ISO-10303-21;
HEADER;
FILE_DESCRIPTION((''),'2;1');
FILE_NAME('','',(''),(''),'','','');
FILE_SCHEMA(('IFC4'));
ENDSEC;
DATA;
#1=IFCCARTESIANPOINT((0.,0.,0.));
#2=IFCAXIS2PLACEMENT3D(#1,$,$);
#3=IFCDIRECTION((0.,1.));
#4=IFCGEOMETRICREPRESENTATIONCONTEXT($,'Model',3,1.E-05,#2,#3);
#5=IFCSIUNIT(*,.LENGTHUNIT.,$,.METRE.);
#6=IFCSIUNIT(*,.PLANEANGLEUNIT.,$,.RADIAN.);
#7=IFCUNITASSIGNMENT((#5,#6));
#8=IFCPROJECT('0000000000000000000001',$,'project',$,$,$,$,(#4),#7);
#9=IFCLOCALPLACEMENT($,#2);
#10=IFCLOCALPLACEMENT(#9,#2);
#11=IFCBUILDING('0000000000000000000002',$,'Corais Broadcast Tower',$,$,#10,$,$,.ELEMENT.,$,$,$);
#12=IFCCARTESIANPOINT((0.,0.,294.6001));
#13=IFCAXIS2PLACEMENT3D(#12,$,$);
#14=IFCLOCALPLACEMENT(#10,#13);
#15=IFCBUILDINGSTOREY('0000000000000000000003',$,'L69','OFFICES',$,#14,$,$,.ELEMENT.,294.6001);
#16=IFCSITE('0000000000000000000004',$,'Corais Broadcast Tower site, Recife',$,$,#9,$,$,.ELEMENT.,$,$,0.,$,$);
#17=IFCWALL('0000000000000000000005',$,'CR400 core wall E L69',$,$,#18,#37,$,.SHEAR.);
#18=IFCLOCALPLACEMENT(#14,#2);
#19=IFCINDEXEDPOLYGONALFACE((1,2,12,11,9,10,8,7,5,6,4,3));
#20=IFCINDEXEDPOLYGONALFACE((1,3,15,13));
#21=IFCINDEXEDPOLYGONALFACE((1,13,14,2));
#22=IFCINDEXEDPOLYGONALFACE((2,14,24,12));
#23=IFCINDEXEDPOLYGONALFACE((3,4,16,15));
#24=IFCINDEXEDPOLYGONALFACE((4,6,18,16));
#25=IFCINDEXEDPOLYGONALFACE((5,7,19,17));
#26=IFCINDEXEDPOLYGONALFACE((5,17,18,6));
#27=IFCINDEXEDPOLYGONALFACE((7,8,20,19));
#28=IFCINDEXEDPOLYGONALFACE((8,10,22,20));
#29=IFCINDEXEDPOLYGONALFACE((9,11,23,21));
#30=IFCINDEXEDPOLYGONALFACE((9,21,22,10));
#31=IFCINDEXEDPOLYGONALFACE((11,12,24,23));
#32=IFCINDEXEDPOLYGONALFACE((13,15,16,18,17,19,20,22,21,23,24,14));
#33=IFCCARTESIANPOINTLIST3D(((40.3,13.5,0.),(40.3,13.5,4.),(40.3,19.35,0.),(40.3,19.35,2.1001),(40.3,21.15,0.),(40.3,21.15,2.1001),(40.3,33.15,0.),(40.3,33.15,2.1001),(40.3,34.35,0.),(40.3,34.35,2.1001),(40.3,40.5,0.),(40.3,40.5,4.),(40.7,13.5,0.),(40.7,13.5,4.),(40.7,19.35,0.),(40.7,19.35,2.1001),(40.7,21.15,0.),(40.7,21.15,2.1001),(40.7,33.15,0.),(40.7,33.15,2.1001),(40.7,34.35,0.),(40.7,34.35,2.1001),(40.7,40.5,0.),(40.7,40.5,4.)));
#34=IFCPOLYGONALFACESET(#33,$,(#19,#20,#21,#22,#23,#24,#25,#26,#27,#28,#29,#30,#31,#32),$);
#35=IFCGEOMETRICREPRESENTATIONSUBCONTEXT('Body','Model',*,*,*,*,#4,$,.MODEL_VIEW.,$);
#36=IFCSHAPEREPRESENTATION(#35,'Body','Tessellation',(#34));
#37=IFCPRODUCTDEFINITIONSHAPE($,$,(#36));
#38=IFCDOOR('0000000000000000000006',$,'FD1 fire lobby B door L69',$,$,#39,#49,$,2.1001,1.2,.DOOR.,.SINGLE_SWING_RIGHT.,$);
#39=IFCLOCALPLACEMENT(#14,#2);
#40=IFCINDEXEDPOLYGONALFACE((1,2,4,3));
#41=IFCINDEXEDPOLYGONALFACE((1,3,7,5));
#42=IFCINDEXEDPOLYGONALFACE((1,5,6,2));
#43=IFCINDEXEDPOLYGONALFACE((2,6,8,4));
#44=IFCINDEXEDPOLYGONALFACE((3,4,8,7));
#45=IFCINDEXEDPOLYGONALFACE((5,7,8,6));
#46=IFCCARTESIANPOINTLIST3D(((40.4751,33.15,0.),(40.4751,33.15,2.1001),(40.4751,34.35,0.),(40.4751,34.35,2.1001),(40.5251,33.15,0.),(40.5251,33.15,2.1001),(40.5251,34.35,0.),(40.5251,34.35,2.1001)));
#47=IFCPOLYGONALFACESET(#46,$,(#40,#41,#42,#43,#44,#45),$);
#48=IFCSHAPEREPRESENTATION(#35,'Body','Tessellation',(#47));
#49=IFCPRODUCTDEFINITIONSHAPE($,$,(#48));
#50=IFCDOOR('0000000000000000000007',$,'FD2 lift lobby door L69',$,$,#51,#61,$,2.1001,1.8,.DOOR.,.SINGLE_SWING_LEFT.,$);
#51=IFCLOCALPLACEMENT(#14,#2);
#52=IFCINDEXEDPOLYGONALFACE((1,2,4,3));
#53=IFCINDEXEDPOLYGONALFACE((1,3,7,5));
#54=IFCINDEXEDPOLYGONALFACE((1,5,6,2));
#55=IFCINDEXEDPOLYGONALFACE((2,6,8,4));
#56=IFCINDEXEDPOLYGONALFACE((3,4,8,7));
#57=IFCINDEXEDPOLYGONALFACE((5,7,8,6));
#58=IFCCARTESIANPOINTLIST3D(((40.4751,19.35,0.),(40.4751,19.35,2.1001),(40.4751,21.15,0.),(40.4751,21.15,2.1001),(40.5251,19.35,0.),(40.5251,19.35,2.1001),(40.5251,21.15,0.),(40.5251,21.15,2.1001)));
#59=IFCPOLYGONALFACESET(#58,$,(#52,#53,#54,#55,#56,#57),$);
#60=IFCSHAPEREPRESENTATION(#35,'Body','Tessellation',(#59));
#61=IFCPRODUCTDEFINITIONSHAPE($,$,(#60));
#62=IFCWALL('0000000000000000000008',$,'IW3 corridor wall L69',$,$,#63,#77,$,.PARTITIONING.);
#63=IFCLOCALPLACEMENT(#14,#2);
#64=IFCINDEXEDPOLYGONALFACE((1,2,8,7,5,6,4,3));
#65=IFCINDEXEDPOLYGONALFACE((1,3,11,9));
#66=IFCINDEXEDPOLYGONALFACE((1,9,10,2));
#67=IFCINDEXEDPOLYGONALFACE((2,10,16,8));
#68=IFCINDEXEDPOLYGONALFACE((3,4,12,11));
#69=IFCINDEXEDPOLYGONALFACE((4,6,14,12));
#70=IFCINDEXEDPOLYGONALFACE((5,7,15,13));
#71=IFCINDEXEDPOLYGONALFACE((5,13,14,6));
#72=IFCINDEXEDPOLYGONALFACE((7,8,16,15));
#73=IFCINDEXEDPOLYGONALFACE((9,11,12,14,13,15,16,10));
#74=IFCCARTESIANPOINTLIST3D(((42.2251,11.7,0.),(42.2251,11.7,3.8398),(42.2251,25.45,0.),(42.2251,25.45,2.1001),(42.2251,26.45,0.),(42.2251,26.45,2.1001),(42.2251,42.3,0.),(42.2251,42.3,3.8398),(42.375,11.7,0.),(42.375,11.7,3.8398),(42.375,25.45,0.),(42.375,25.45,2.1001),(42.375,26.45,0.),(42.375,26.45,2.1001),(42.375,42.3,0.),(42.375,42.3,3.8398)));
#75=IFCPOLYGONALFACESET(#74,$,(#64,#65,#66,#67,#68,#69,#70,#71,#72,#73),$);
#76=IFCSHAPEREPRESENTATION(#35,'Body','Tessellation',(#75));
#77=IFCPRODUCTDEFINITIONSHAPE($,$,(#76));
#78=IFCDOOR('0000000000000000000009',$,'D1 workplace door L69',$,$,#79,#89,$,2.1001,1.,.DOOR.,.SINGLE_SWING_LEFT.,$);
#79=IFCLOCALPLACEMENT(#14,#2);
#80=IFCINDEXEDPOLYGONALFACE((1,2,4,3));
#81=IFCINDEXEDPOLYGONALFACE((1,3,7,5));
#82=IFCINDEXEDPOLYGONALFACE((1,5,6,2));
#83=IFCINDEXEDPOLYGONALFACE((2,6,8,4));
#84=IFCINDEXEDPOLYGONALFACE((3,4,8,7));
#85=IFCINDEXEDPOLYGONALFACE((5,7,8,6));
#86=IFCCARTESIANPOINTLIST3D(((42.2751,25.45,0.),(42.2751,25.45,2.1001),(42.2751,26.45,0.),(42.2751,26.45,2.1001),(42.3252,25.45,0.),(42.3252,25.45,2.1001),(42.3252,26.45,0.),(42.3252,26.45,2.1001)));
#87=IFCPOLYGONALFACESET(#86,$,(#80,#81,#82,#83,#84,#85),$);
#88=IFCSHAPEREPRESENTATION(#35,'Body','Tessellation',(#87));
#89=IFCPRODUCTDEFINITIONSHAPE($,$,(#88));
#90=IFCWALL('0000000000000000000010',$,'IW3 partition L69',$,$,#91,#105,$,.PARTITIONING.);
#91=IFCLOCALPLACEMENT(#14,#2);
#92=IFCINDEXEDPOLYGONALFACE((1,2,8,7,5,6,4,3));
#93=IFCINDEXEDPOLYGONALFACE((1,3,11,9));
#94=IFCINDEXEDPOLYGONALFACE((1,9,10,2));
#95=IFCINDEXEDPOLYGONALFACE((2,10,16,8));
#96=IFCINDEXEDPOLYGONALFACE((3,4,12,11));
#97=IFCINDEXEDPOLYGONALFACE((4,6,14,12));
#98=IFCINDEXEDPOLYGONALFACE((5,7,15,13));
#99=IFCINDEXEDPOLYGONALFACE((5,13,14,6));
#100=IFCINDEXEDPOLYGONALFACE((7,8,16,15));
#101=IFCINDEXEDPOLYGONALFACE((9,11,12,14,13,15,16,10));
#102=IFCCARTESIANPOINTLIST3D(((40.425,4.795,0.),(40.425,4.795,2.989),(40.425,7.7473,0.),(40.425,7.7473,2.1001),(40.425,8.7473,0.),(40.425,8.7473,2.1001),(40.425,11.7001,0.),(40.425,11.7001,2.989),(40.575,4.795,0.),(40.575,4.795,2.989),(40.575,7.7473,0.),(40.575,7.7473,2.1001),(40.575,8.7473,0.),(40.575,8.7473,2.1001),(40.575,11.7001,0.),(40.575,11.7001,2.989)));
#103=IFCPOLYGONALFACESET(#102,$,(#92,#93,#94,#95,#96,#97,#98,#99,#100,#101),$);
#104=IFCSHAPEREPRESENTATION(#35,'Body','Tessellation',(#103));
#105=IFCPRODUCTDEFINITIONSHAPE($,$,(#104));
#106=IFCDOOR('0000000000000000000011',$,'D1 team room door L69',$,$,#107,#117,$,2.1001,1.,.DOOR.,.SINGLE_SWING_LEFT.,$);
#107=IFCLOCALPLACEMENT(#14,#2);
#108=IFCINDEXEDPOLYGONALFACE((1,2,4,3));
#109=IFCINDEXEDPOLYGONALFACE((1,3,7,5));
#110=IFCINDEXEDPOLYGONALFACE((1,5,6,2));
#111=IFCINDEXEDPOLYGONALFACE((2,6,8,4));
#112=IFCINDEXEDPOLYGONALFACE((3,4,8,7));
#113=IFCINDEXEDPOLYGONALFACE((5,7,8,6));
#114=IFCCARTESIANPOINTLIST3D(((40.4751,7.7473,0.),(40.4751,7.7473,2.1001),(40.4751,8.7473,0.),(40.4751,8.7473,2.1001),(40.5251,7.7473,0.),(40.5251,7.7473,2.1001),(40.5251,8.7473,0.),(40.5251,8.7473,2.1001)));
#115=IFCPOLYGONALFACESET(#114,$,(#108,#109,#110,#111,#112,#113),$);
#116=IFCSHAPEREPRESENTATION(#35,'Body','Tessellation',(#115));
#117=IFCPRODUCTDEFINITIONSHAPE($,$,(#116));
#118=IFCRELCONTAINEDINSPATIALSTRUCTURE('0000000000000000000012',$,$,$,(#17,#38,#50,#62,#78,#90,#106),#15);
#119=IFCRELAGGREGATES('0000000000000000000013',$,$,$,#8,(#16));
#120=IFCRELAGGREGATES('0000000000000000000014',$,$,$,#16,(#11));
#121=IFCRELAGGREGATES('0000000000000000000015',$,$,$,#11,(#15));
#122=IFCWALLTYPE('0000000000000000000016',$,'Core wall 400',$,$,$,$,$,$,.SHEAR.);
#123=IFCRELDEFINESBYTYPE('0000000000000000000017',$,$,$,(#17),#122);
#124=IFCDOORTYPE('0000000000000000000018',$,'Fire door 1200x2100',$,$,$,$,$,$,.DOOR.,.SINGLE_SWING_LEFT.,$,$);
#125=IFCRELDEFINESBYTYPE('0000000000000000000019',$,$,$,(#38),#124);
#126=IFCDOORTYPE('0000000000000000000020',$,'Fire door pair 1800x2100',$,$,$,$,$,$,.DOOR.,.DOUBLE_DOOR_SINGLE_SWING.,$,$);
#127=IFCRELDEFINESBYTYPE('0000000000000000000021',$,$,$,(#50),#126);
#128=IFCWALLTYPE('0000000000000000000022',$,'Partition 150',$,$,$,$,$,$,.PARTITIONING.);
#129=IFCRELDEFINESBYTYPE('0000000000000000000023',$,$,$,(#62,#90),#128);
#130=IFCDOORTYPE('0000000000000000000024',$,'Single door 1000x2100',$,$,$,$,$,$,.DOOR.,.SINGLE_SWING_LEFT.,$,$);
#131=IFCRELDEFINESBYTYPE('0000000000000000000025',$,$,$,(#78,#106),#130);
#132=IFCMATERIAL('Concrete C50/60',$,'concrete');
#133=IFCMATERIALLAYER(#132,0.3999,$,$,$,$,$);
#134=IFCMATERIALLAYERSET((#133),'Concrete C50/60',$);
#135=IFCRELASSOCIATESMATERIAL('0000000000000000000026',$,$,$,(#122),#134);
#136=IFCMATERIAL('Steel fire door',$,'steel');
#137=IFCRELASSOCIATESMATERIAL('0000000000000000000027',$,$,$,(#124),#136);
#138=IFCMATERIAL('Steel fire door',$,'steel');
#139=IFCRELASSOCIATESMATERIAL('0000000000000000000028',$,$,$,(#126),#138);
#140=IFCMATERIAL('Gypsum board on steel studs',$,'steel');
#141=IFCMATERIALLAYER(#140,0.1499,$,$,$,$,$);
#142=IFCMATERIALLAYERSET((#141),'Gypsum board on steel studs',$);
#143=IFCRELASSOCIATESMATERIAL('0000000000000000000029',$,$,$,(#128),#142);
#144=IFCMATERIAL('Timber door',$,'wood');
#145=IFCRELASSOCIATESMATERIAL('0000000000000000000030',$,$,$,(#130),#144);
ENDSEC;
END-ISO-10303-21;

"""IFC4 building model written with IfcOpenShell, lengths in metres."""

from ifc_helpers import new_model, si_unit, direction, frame, frame_2d, origin, place, context, subcontext, project, spatial, rectangle, extrude, material, layer, layer_set, type_object, element, fill, save


model = new_model("IFC4")

# Units and contexts
model_context = context("Model", 3, precision=1e-05, world=origin(), true_north=direction((0.0, 1.0)))
body_context = subcontext(model_context, "Body", "Model", "MODEL_VIEW")
ifc_project = project(units=[si_unit("LENGTHUNIT", "METRE"), si_unit("PLANEANGLEUNIT", "RADIAN")], contexts=[model_context])

# Site, building, storey
site_placement = place(None, origin())
site = spatial("IfcSite", under=ifc_project, at=site_placement, Name="Corais Broadcast Tower site, Recife", CompositionType="ELEMENT", RefElevation=0.0)
building_placement = place(site_placement, origin())
building = spatial("IfcBuilding", under=site, at=building_placement, Name="Corais Broadcast Tower", CompositionType="ELEMENT")
storey_placement = place(building_placement, frame((0.0, 0.0, 294.6001)))
storey = spatial("IfcBuildingStorey", under=building, at=storey_placement, Name="L69", Description="OFFICES", CompositionType="ELEMENT", Elevation=294.6001)

# Wall, openings, doors
ifc_material_1 = material(Name="Concrete C50/60", Category="concrete")
ifc_layer_1 = layer(ifc_material_1, 0.3999)
ifc_layer_set_1 = layer_set([ifc_layer_1], Name="Concrete C50/60")
wall_type_1 = type_object("IfcWallType", Name="Core wall 400", PredefinedType="SHEAR", material=ifc_layer_set_1)
wall_1_placement = place(storey_placement, frame((40.5, 13.5, 0.0), z_axis=(0.0, 0.0, 1.0), x_axis=(0.0, 1.0, 0.0)))
wall_1 = element("IfcWall", 1, at=wall_1_placement, inside=storey, type_object=wall_type_1, Name="CR400 core wall E L69", PredefinedType="SHEAR", context=body_context, shape_type="SweptSolid", body=[
    extrude(rectangle(XDim=27.0, YDim=0.3999, at=frame_2d((13.5, 0.0))), origin(), (0.0, 0.0, 1.0), 4.0),
])
opening_1_placement = place(wall_1_placement, frame((5.8501, 0.0, 0.0)))
opening_1 = element("IfcOpeningElement", 2, at=opening_1_placement, cuts=wall_1, PredefinedType="OPENING", context=body_context, shape_type="SweptSolid", body=[
    extrude(rectangle(XDim=1.8, YDim=2.1001, at=frame_2d((0.8999, 1.05))), frame((0.0, 0.21, 0.0), z_axis=(0.0, -1.0, 0.0), x_axis=(1.0, 0.0, 0.0)), (0.0, 0.0, 1.0), 0.4199),
])
opening_2_placement = place(wall_1_placement, frame((19.6499, 0.0, 0.0)))
opening_2 = element("IfcOpeningElement", 3, at=opening_2_placement, cuts=wall_1, PredefinedType="OPENING", context=body_context, shape_type="SweptSolid", body=[
    extrude(rectangle(XDim=1.2, YDim=2.1001, at=frame_2d((0.6001, 1.05))), frame((0.0, 0.21, 0.0), z_axis=(0.0, -1.0, 0.0), x_axis=(1.0, 0.0, 0.0)), (0.0, 0.0, 1.0), 0.4199),
])
ifc_material_2 = material(Name="Steel fire door", Category="steel")
door_type_1 = type_object("IfcDoorType", Name="Fire door 1200x2100", OperationType="SINGLE_SWING_LEFT", PredefinedType="DOOR", material=ifc_material_2)
door_1_placement = place(opening_2_placement, origin())
door_1 = element("IfcDoor", 4, at=door_1_placement, inside=storey, type_object=door_type_1, Name="FD1 fire lobby B door L69", OperationType="SINGLE_SWING_RIGHT", OverallHeight=2.1001, OverallWidth=1.2, PredefinedType="DOOR", context=body_context, shape_type="SweptSolid", body=[
    extrude(rectangle(XDim=1.2, YDim=2.1001, at=frame_2d((0.6001, 1.05))), frame((0.0, 0.0249, 0.0), z_axis=(0.0, -1.0, 0.0), x_axis=(1.0, 0.0, 0.0)), (0.0, 0.0, 1.0), 0.05),
])
fill(opening_2, door_1)
ifc_material_3 = material(Name="Steel fire door", Category="steel")
door_type_2 = type_object("IfcDoorType", Name="Fire door pair 1800x2100", OperationType="DOUBLE_DOOR_SINGLE_SWING", PredefinedType="DOOR", material=ifc_material_3)
door_2_placement = place(opening_1_placement, origin())
door_2 = element("IfcDoor", 5, at=door_2_placement, inside=storey, type_object=door_type_2, Name="FD2 lift lobby door L69", OperationType="SINGLE_SWING_LEFT", OverallHeight=2.1001, OverallWidth=1.8, PredefinedType="DOOR", context=body_context, shape_type="SweptSolid", body=[
    extrude(rectangle(XDim=1.8, YDim=2.1001, at=frame_2d((0.8999, 1.05))), frame((0.0, 0.0249, 0.0), z_axis=(0.0, -1.0, 0.0), x_axis=(1.0, 0.0, 0.0)), (0.0, 0.0, 1.0), 0.05),
])
fill(opening_1, door_2)

# Walls, openings, doors
ifc_material_4 = material(Name="Gypsum board on steel studs", Category="steel")
ifc_layer_2 = layer(ifc_material_4, 0.1499)
ifc_layer_set_2 = layer_set([ifc_layer_2], Name="Gypsum board on steel studs")
wall_type_2 = type_object("IfcWallType", Name="Partition 150", PredefinedType="PARTITIONING", material=ifc_layer_set_2)
wall_2_placement = place(storey_placement, frame((42.3, 11.7, 0.0), z_axis=(0.0, 0.0, 1.0), x_axis=(0.0, 1.0, 0.0)))
wall_2 = element("IfcWall", 6, at=wall_2_placement, inside=storey, type_object=wall_type_2, Name="IW3 corridor wall L69", PredefinedType="PARTITIONING", context=body_context, shape_type="SweptSolid", body=[
    extrude(rectangle(XDim=30.6001, YDim=0.1499, at=frame_2d((15.3, 0.0))), origin(), (0.0, 0.0, 1.0), 3.8398),
])
opening_3_placement = place(wall_2_placement, frame((13.75, 0.0, 0.0)))
opening_3 = element("IfcOpeningElement", 7, at=opening_3_placement, cuts=wall_2, PredefinedType="OPENING", context=body_context, shape_type="SweptSolid", body=[
    extrude(rectangle(XDim=1.0, YDim=2.1001, at=frame_2d((0.5, 1.05))), frame((0.0, 0.085, 0.0), z_axis=(0.0, -1.0, 0.0), x_axis=(1.0, 0.0, 0.0)), (0.0, 0.0, 1.0), 0.1699),
])
ifc_material_5 = material(Name="Timber door", Category="wood")
door_type_3 = type_object("IfcDoorType", Name="Single door 1000x2100", OperationType="SINGLE_SWING_LEFT", PredefinedType="DOOR", material=ifc_material_5)
door_3_placement = place(opening_3_placement, origin())
door_3 = element("IfcDoor", 8, at=door_3_placement, inside=storey, type_object=door_type_3, Name="D1 workplace door L69", OperationType="SINGLE_SWING_LEFT", OverallHeight=2.1001, OverallWidth=1.0, PredefinedType="DOOR", context=body_context, shape_type="SweptSolid", body=[
    extrude(rectangle(XDim=1.0, YDim=2.1001, at=frame_2d((0.5, 1.05))), frame((0.0, 0.0249, 0.0), z_axis=(0.0, -1.0, 0.0), x_axis=(1.0, 0.0, 0.0)), (0.0, 0.0, 1.0), 0.05),
])
fill(opening_3, door_3)
wall_3_placement = place(storey_placement, frame((40.5, 4.7949, 0.0), z_axis=(0.0, 0.0, 1.0), x_axis=(0.0, 1.0, 0.0)))
wall_3 = element("IfcWall", 9, at=wall_3_placement, inside=storey, type_object=wall_type_2, Name="IW3 partition L69", PredefinedType="PARTITIONING", context=body_context, shape_type="SweptSolid", body=[
    extrude(rectangle(XDim=6.905, YDim=0.1499, at=frame_2d((3.4526, 0.0))), origin(), (0.0, 0.0, 1.0), 2.989),
])
opening_4_placement = place(wall_3_placement, frame((2.9524, 0.0, 0.0)))
opening_4 = element("IfcOpeningElement", 10, at=opening_4_placement, cuts=wall_3, PredefinedType="OPENING", context=body_context, shape_type="SweptSolid", body=[
    extrude(rectangle(XDim=1.0, YDim=2.1001, at=frame_2d((0.5, 1.05))), frame((0.0, 0.085, 0.0), z_axis=(0.0, -1.0, 0.0), x_axis=(1.0, 0.0, 0.0)), (0.0, 0.0, 1.0), 0.1699),
])
door_4_placement = place(opening_4_placement, origin())
door_4 = element("IfcDoor", 11, at=door_4_placement, inside=storey, type_object=door_type_3, Name="D1 team room door L69", OperationType="SINGLE_SWING_LEFT", OverallHeight=2.1001, OverallWidth=1.0, PredefinedType="DOOR", context=body_context, shape_type="SweptSolid", body=[
    extrude(rectangle(XDim=1.0, YDim=2.1001, at=frame_2d((0.5, 1.05))), frame((0.0, 0.0249, 0.0), z_axis=(0.0, -1.0, 0.0), x_axis=(1.0, 0.0, 0.0)), (0.0, 0.0, 1.0), 0.05),
])
fill(opening_4, door_4)

save(model, "model.ifc")
